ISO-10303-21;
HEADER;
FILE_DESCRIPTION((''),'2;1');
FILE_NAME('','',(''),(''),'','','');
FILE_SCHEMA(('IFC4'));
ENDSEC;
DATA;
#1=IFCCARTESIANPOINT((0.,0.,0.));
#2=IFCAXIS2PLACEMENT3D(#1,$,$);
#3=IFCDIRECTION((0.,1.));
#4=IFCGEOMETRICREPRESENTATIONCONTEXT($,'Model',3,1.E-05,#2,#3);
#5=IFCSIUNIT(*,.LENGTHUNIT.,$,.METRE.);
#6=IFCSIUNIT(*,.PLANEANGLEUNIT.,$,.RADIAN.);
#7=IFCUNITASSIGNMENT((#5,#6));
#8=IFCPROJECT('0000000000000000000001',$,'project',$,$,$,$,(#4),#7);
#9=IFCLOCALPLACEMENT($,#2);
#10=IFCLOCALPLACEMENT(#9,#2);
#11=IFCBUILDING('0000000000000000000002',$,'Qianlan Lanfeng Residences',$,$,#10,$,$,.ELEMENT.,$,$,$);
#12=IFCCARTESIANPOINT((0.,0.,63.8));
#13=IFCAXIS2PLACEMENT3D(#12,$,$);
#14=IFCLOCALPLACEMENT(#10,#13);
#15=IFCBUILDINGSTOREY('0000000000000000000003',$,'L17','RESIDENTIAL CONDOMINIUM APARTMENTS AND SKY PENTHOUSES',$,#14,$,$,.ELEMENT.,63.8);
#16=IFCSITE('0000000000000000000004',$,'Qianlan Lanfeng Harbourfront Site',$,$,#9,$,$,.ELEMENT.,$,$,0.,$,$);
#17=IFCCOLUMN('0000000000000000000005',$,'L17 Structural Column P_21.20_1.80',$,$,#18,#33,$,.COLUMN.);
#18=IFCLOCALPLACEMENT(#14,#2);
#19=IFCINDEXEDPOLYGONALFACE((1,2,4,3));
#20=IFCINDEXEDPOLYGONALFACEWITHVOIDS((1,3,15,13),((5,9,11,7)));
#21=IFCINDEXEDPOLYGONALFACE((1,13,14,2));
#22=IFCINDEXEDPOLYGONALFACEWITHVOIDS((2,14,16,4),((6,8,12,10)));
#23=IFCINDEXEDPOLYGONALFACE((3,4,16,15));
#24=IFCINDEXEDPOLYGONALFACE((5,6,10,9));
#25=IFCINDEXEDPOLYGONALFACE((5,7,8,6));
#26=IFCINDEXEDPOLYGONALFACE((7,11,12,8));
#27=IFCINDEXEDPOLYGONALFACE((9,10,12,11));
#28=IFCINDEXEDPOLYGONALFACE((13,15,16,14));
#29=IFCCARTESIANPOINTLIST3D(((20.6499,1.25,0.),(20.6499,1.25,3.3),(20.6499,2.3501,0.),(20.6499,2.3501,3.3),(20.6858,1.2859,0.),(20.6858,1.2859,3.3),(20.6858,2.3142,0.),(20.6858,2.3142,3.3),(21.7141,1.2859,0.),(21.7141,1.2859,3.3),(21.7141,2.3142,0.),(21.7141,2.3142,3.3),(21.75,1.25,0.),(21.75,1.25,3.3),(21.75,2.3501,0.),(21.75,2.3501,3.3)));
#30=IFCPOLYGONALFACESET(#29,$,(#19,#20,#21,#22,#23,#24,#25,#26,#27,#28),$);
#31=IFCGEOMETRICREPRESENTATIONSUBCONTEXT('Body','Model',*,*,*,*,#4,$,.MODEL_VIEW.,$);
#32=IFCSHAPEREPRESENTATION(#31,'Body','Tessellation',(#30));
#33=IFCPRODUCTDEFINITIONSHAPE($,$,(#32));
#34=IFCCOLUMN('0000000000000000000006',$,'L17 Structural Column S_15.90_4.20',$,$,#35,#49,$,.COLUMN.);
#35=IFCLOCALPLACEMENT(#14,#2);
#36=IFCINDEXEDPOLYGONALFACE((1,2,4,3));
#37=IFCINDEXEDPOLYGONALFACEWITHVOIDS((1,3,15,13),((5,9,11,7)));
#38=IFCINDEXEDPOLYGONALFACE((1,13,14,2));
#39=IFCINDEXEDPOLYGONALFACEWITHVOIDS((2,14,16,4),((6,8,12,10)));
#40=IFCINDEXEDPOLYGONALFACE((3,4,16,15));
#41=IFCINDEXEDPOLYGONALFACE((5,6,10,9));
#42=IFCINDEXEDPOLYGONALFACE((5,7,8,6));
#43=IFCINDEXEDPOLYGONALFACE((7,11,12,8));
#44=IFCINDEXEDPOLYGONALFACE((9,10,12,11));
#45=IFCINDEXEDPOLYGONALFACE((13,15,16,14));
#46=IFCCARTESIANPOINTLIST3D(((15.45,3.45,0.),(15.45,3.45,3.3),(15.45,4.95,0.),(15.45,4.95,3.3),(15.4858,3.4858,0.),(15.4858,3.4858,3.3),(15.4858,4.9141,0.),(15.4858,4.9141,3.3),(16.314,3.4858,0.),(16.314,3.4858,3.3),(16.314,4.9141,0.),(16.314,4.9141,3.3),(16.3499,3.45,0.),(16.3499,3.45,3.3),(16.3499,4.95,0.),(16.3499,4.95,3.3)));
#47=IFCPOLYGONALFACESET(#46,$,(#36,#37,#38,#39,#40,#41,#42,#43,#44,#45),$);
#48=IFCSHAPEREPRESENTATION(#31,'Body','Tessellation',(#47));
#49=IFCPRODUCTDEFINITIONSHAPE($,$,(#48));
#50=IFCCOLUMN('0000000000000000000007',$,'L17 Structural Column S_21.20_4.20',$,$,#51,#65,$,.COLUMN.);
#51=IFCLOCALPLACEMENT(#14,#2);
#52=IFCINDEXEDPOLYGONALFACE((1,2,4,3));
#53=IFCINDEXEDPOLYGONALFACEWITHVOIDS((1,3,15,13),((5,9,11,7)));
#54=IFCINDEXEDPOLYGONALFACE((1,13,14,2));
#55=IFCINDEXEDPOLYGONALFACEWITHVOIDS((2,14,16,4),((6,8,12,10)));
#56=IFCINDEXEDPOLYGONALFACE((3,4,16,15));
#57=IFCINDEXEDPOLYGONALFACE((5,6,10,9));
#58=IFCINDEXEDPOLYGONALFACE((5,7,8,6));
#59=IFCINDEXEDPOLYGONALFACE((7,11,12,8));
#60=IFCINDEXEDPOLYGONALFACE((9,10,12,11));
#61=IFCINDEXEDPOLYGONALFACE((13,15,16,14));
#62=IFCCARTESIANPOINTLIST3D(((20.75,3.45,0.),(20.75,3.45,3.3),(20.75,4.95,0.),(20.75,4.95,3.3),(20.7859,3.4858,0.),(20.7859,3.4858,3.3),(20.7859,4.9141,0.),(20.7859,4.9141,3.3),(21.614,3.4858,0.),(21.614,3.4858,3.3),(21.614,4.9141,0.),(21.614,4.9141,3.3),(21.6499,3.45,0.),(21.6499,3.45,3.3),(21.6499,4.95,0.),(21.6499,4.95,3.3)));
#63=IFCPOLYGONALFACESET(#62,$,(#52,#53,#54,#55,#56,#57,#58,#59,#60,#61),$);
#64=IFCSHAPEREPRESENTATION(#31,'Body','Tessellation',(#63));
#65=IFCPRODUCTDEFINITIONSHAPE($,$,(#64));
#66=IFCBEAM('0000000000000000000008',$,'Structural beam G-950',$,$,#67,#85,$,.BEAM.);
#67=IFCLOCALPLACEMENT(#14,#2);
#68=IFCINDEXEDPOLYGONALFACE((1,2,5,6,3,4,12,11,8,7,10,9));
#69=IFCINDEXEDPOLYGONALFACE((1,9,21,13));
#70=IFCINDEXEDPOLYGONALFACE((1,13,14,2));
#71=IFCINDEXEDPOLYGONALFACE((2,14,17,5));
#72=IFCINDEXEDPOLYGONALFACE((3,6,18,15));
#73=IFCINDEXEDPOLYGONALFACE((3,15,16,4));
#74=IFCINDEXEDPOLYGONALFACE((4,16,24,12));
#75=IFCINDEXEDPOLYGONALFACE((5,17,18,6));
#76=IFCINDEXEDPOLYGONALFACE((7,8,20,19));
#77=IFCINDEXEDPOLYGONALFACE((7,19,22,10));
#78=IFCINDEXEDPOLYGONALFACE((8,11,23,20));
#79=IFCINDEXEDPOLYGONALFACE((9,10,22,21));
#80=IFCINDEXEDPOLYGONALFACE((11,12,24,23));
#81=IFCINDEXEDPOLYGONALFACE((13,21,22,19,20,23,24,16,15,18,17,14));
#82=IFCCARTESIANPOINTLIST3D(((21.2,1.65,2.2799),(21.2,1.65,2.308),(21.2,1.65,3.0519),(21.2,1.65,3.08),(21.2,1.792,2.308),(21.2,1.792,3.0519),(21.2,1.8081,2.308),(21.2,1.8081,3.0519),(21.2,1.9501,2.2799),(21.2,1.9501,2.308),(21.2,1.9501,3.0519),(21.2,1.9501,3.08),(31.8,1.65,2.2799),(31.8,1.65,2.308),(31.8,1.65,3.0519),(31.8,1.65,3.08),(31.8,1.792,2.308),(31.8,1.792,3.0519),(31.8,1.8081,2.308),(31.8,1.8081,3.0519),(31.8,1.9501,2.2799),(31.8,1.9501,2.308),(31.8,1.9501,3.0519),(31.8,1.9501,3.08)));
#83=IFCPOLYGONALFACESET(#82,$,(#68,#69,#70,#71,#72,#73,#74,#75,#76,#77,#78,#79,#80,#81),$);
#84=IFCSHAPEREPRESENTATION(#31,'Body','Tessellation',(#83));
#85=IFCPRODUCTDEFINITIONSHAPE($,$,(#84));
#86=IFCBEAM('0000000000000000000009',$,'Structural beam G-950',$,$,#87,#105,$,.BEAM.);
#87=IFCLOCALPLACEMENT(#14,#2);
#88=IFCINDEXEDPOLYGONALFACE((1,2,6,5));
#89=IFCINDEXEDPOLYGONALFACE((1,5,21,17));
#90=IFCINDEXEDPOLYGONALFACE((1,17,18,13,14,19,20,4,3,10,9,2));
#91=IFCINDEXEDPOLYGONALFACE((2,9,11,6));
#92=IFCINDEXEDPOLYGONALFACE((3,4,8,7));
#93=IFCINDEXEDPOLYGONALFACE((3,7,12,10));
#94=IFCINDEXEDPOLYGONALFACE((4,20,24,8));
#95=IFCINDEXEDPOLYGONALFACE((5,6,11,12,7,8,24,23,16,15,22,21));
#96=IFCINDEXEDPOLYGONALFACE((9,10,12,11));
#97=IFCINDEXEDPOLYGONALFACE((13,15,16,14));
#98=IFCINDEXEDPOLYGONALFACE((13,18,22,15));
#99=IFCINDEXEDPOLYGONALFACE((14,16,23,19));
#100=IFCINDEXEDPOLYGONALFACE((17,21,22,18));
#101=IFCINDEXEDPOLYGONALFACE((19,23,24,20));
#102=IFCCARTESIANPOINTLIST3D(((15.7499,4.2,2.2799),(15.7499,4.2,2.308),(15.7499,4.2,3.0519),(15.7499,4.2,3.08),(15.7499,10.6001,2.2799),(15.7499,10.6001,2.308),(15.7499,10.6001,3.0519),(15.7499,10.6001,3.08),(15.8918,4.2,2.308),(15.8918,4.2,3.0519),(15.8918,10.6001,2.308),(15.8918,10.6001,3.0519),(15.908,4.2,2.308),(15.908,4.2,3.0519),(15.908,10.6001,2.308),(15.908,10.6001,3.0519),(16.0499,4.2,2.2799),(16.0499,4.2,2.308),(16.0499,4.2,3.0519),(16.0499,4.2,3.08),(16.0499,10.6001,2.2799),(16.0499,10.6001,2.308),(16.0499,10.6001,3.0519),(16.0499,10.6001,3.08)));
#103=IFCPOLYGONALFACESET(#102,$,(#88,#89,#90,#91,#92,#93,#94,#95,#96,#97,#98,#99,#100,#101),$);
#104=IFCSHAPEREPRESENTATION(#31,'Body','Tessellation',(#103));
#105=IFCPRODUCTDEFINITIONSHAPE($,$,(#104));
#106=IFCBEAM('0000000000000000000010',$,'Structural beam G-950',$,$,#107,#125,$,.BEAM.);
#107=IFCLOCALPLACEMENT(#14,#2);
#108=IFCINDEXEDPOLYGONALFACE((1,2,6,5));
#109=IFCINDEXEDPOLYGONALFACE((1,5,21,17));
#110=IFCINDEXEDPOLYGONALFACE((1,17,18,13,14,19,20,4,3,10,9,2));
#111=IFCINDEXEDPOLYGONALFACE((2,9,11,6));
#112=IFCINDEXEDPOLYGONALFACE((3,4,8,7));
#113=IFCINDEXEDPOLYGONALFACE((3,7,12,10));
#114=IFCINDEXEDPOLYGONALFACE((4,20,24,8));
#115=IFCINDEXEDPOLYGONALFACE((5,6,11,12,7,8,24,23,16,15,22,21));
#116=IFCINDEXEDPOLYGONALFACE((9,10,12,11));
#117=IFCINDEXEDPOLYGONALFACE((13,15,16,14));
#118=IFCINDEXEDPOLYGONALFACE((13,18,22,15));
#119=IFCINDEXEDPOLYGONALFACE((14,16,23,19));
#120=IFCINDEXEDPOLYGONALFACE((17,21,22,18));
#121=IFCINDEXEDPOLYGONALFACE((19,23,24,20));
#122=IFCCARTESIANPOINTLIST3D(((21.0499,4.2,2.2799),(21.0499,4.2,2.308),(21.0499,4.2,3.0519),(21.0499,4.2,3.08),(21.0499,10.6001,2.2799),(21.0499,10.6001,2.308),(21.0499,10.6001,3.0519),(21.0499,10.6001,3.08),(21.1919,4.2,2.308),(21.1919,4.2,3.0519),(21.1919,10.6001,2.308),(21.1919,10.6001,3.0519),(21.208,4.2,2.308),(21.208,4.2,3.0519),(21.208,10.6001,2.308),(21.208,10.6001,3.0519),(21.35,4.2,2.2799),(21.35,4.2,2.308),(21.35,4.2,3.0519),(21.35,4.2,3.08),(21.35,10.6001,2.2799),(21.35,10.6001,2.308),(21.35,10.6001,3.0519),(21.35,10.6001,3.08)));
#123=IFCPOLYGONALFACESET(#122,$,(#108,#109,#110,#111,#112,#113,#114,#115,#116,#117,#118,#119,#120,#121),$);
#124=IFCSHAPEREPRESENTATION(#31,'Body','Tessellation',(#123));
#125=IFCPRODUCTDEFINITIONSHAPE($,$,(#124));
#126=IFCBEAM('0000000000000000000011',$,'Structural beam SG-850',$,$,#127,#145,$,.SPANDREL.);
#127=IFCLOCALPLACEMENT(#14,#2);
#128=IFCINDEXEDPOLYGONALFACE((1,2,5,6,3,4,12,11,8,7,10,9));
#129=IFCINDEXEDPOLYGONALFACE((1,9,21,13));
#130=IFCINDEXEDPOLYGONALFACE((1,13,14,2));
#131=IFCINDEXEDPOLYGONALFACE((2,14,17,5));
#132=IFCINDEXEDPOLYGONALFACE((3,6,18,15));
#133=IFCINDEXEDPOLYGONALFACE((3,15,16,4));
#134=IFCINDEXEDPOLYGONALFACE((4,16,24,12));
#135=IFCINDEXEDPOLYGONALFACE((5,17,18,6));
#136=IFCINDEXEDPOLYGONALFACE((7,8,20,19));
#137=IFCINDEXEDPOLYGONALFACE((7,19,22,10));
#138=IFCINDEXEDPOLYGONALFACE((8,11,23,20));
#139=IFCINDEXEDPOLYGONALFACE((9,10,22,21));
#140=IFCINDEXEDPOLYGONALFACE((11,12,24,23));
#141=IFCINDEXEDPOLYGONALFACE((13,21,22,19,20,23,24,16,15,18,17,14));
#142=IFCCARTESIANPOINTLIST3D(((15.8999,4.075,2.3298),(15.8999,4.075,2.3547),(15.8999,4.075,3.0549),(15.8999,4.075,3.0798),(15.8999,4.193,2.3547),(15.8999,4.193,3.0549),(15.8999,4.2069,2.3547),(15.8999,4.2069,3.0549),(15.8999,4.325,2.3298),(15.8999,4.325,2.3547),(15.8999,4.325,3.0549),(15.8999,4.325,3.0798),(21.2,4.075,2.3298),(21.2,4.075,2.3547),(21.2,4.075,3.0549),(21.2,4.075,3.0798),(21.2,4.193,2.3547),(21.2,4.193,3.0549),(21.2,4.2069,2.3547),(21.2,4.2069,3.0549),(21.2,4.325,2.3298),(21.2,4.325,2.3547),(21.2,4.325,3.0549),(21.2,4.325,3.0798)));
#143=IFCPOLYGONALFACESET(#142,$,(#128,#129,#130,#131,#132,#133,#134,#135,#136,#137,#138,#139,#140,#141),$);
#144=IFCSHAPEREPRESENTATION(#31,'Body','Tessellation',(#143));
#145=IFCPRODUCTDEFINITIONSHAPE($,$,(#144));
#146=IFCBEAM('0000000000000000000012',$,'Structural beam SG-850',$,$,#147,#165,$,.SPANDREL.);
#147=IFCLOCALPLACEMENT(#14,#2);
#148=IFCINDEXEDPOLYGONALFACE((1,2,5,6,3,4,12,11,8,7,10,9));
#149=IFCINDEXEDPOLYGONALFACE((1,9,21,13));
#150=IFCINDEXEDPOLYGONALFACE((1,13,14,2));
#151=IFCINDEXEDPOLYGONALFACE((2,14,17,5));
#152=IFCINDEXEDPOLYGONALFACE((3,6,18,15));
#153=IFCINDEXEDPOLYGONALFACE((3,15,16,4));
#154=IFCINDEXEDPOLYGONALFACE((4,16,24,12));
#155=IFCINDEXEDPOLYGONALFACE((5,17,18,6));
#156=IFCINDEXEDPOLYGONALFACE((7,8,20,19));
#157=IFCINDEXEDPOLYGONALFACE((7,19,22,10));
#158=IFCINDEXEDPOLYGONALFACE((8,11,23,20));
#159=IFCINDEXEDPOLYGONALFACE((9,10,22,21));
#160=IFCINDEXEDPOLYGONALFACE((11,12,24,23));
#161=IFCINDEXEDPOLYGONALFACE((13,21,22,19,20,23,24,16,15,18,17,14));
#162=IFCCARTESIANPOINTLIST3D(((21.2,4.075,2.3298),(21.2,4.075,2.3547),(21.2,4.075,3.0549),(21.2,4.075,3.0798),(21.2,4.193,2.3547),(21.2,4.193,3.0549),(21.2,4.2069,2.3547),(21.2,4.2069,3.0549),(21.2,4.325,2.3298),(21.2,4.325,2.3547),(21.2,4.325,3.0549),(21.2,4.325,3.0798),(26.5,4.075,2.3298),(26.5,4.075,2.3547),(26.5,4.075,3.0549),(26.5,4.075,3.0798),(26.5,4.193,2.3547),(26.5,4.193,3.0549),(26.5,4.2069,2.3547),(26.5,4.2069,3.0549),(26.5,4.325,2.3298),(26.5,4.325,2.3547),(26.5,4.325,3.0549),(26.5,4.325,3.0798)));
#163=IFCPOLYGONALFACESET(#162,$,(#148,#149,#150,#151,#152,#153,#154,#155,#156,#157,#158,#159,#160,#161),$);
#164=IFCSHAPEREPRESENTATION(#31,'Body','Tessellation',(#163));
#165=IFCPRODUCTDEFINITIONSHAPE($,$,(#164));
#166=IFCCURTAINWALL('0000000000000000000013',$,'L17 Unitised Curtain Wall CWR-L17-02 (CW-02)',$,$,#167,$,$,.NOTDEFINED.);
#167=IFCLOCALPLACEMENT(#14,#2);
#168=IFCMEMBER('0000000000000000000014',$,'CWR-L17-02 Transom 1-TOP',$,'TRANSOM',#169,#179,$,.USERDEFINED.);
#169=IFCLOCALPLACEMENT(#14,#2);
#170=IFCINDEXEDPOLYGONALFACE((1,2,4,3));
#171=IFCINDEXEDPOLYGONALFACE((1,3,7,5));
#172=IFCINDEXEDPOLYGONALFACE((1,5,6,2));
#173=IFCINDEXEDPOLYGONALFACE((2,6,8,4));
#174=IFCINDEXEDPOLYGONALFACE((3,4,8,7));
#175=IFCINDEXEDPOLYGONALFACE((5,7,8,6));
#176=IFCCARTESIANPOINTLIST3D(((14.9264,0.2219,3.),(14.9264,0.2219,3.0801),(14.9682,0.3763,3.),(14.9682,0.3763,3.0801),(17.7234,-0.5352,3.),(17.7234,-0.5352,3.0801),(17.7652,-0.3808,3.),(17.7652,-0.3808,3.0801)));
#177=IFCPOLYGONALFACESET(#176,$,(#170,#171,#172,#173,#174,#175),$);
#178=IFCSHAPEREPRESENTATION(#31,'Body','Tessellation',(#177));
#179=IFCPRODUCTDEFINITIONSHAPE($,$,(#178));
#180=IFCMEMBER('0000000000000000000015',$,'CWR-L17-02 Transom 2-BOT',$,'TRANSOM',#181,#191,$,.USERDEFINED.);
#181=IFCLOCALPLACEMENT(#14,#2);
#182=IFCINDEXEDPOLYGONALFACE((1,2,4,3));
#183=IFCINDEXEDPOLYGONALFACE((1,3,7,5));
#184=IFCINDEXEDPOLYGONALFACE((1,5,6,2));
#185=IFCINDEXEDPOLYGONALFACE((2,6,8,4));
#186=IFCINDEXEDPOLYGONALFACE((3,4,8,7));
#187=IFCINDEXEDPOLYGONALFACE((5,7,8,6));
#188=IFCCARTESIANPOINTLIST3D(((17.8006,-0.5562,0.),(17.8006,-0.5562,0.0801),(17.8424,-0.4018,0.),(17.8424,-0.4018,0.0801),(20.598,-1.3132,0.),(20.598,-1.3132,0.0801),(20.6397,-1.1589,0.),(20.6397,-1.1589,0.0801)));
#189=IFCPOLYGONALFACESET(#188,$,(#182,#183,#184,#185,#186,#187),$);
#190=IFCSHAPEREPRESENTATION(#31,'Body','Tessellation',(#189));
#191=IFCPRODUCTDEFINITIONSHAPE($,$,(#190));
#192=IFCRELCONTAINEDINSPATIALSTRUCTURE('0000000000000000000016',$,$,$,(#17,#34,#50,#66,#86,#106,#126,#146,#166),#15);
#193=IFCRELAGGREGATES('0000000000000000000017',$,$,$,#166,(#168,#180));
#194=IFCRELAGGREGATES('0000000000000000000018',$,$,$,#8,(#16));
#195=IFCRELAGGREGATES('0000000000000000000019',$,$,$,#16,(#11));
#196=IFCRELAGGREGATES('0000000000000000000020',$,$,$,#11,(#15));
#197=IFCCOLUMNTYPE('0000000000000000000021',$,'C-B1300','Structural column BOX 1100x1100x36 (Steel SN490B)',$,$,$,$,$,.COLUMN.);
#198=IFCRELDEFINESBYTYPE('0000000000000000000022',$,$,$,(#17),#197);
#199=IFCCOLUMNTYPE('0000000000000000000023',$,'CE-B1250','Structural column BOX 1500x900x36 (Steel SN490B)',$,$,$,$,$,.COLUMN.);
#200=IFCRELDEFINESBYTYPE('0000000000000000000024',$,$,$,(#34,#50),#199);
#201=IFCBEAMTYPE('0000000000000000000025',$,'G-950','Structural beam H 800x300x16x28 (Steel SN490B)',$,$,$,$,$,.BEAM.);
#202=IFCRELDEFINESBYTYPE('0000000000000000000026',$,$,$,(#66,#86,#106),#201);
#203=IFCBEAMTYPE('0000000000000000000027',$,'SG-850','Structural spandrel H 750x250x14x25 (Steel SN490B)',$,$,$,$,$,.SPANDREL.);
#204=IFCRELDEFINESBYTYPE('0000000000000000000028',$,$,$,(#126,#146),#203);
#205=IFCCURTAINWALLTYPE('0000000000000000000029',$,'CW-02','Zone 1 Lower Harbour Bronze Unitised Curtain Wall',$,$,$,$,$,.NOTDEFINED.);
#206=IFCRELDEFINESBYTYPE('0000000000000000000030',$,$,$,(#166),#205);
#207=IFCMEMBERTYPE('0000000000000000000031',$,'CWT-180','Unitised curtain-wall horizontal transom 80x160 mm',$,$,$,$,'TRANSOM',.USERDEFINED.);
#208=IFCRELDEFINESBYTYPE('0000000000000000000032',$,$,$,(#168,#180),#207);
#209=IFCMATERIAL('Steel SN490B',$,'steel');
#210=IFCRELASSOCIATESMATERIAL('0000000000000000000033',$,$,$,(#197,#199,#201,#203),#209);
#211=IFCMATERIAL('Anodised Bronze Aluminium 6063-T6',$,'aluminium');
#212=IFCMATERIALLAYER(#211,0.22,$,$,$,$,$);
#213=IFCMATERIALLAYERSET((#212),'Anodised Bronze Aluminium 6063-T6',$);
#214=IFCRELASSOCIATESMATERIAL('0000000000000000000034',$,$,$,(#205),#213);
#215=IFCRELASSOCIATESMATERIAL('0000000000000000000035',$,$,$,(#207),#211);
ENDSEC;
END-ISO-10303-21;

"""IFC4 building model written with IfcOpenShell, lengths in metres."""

from ifc_helpers import new_model, si_unit, direction, frame, origin, origin_2d, place, context, subcontext, project, spatial, rectangle, hollow_rectangle, i_section, extrude, source, transform, mapped, material, layer, layer_set, material_profile, profile_set, type_object, element, aggregate, save


model = new_model("IFC4")

# Units and contexts
model_context = context("Model", 3, precision=1e-05, world=origin(), true_north=direction((0.0, 1.0)))
body_context = subcontext(model_context, "Body", "Model", "MODEL_VIEW")
ifc_project = project(units=[si_unit("LENGTHUNIT", "METRE"), si_unit("PLANEANGLEUNIT", "RADIAN")], contexts=[model_context])

# Site, building, storey
site_placement = place(None, origin())
site = spatial("IfcSite", under=ifc_project, at=site_placement, Name="Qianlan Lanfeng Harbourfront Site", CompositionType="ELEMENT", RefElevation=0.0)
building_placement = place(site_placement, origin())
building = spatial("IfcBuilding", under=site, at=building_placement, Name="Qianlan Lanfeng Residences", CompositionType="ELEMENT")
storey_placement = place(building_placement, frame((0.0, 0.0, 63.8)))
storey = spatial("IfcBuildingStorey", under=building, at=storey_placement, Name="L17", Description="RESIDENTIAL CONDOMINIUM APARTMENTS AND SKY PENTHOUSES", CompositionType="ELEMENT", Elevation=63.8)

# Columns
ifc_material_1 = material(Name="Steel SN490B", Category="steel")
ifc_material_profile_1 = material_profile(ifc_material_1, hollow_rectangle(XDim=1.1001, YDim=1.1001, WallThickness=0.0359, at=origin_2d()), Name="BOX 1100x1100x36")
ifc_profile_set_1 = profile_set([ifc_material_profile_1], Name="Steel SN490B")
column_type_1 = type_object("IfcColumnType", Name="C-B1300", Description="Structural column BOX 1100x1100x36 (Steel SN490B)", PredefinedType="COLUMN", material=ifc_profile_set_1)
column_placement = place(storey_placement, frame((21.2, 1.8, 0.0), z_axis=(0.0, 0.0, 1.0), x_axis=(1.0, 0.0, 0.0)))
element("IfcColumn", 1, at=column_placement, inside=storey, type_object=column_type_1, Name="L17 Structural Column P_21.20_1.80", PredefinedType="COLUMN", context=body_context, shape_type="SweptSolid", body=[
    extrude(hollow_rectangle(XDim=1.1001, YDim=1.1001, WallThickness=0.0359, at=origin_2d()), origin(), (0.0, 0.0, 1.0), 3.3),
])
ifc_material_profile_2 = material_profile(ifc_material_1, hollow_rectangle(XDim=0.8999, YDim=1.5, WallThickness=0.0359, at=origin_2d()), Name="BOX 1500x900x36")
ifc_profile_set_2 = profile_set([ifc_material_profile_2], Name="Steel SN490B")
column_type_2 = type_object("IfcColumnType", Name="CE-B1250", Description="Structural column BOX 1500x900x36 (Steel SN490B)", PredefinedType="COLUMN", material=ifc_profile_set_2)
for number, where, z_axis, x_axis, name in (
    (2, (15.8999, 4.2, 0.0), (0.0, 0.0, 1.0), (1.0, 0.0, 0.0), "L17 Structural Column S_15.90_4.20"),
    (3, (21.2, 4.2, 0.0), (0.0, 0.0, 1.0), (1.0, 0.0, 0.0), "L17 Structural Column S_21.20_4.20"),
):
    element("IfcColumn", number, at=place(storey_placement, frame(where, z_axis=z_axis, x_axis=x_axis)), inside=storey, type_object=column_type_2, Name=name, PredefinedType="COLUMN", context=body_context, shape_type="SweptSolid", body=[
        extrude(hollow_rectangle(XDim=0.8999, YDim=1.5, WallThickness=0.0359, at=origin_2d()), origin(), (0.0, 0.0, 1.0), 3.3),
    ])

# Beams
ifc_material_profile_3 = material_profile(ifc_material_1, i_section(OverallWidth=0.3, OverallDepth=0.8, WebThickness=0.0161, FlangeThickness=0.0281, at=origin_2d()), Name="H 800x300x16x28")
ifc_profile_set_3 = profile_set([ifc_material_profile_3], Name="Steel SN490B")
beam_type_1 = type_object("IfcBeamType", Name="G-950", Description="Structural beam H 800x300x16x28 (Steel SN490B)", PredefinedType="BEAM", material=ifc_profile_set_3)
beam_placement = place(storey_placement, frame((21.2, 1.8, 2.6799), z_axis=(1.0, 0.0, 0.0), x_axis=(0.0, 1.0, 0.0)))
element("IfcBeam", 4, at=beam_placement, inside=storey, type_object=beam_type_1, Name="Structural beam G-950", PredefinedType="BEAM", context=body_context, shape_type="SweptSolid", body=[
    extrude(i_section(OverallWidth=0.3, OverallDepth=0.8, WebThickness=0.0161, FlangeThickness=0.0281, at=origin_2d()), origin(), (0.0, 0.0, 1.0), 10.6001),
])
for number, where, z_axis, x_axis, name in (
    (5, (15.8999, 4.2, 2.6799), (0.0, 1.0, 0.0), (-1.0, 0.0, 0.0), "Structural beam G-950"),
    (6, (21.2, 4.2, 2.6799), (0.0, 1.0, 0.0), (-1.0, 0.0, 0.0), "Structural beam G-950"),
):
    element("IfcBeam", number, at=place(storey_placement, frame(where, z_axis=z_axis, x_axis=x_axis)), inside=storey, type_object=beam_type_1, Name=name, PredefinedType="BEAM", context=body_context, shape_type="SweptSolid", body=[
        extrude(i_section(OverallWidth=0.3, OverallDepth=0.8, WebThickness=0.0161, FlangeThickness=0.0281, at=origin_2d()), origin(), (0.0, 0.0, 1.0), 6.4001),
    ])
ifc_material_profile_4 = material_profile(ifc_material_1, i_section(OverallWidth=0.25, OverallDepth=0.75, WebThickness=0.0139, FlangeThickness=0.0249, at=origin_2d()), Name="H 750x250x14x25")
ifc_profile_set_4 = profile_set([ifc_material_profile_4], Name="Steel SN490B")
beam_type_2 = type_object("IfcBeamType", Name="SG-850", Description="Structural spandrel H 750x250x14x25 (Steel SN490B)", PredefinedType="SPANDREL", material=ifc_profile_set_4)
for number, where, z_axis, x_axis, name in (
    (7, (15.8999, 4.2, 2.7048), (1.0, 0.0, 0.0), (0.0, 1.0, 0.0), "Structural beam SG-850"),
    (8, (21.2, 4.2, 2.7048), (1.0, 0.0, 0.0), (0.0, 1.0, 0.0), "Structural beam SG-850"),
):
    element("IfcBeam", number, at=place(storey_placement, frame(where, z_axis=z_axis, x_axis=x_axis)), inside=storey, type_object=beam_type_2, Name=name, PredefinedType="SPANDREL", context=body_context, shape_type="SweptSolid", body=[
        extrude(i_section(OverallWidth=0.25, OverallDepth=0.75, WebThickness=0.0139, FlangeThickness=0.0249, at=origin_2d()), origin(), (0.0, 0.0, 1.0), 5.3),
    ])

# Curtain wall, members
ifc_material_2 = material(Name="Anodised Bronze Aluminium 6063-T6", Category="aluminium")
ifc_layer_1 = layer(ifc_material_2, 0.22)
ifc_layer_set_1 = layer_set([ifc_layer_1], Name="Anodised Bronze Aluminium 6063-T6")
curtain_wall_type = type_object("IfcCurtainWallType", Name="CW-02", Description="Zone 1 Lower Harbour Bronze Unitised Curtain Wall", PredefinedType="NOTDEFINED", material=ifc_layer_set_1)
curtain_wall_placement = place(storey_placement, origin())
curtain_wall = element("IfcCurtainWall", 9, at=curtain_wall_placement, inside=storey, type_object=curtain_wall_type, Name="L17 Unitised Curtain Wall CWR-L17-02 (CW-02)", PredefinedType="NOTDEFINED")
ifc_material_profile_5 = material_profile(ifc_material_2, rectangle(XDim=0.0801, YDim=0.1599, at=origin_2d()), Name="ALU TRANSOM 80x160")
ifc_profile_set_5 = profile_set([ifc_material_profile_5], Name="Anodised Bronze Aluminium 6063-T6")
member_type_1 = type_object("IfcMemberType", Name="CWT-180", Description="Unitised curtain-wall horizontal transom 80x160 mm", ElementType="TRANSOM", PredefinedType="USERDEFINED", material=ifc_profile_set_5)
shared_shape_1 = source(origin(), body_context, "Body", "SweptSolid", [
    extrude(rectangle(XDim=0.0801, YDim=0.1599, at=origin_2d()), origin(), (0.0, 0.0, 1.0), 2.8977),
])
member_1_placement = place(storey_placement, frame((14.9473, 0.2991, 3.04), z_axis=(0.965268, -0.261263, 0.0), x_axis=(0.0, 0.0, 1.0)))
member_1 = element("IfcMember", 10, at=member_1_placement, type_object=member_type_1, Name="CWR-L17-02 Transom 1-TOP", ObjectType="TRANSOM", PredefinedType="USERDEFINED", context=body_context, shape_type="MappedRepresentation", body=[
    mapped(shared_shape_1, transform((0.0, 0.0, 0.0), scale=1.0)),
])
shared_shape_2 = source(origin(), body_context, "Body", "SweptSolid", [
    extrude(rectangle(XDim=0.0801, YDim=0.1599, at=origin_2d()), origin(), (0.0, 0.0, 1.0), 2.8979),
])
member_2_placement = place(storey_placement, frame((17.8215, -0.479, 0.04), z_axis=(0.965273, -0.261242, 0.0), x_axis=(0.0, 0.0, 1.0)))
member_2 = element("IfcMember", 11, at=member_2_placement, type_object=member_type_1, Name="CWR-L17-02 Transom 2-BOT", ObjectType="TRANSOM", PredefinedType="USERDEFINED", context=body_context, shape_type="MappedRepresentation", body=[
    mapped(shared_shape_2, transform((0.0, 0.0, 0.0), scale=1.0)),
])
aggregate(curtain_wall, [member_1, member_2])

save(model, "model.ifc")
